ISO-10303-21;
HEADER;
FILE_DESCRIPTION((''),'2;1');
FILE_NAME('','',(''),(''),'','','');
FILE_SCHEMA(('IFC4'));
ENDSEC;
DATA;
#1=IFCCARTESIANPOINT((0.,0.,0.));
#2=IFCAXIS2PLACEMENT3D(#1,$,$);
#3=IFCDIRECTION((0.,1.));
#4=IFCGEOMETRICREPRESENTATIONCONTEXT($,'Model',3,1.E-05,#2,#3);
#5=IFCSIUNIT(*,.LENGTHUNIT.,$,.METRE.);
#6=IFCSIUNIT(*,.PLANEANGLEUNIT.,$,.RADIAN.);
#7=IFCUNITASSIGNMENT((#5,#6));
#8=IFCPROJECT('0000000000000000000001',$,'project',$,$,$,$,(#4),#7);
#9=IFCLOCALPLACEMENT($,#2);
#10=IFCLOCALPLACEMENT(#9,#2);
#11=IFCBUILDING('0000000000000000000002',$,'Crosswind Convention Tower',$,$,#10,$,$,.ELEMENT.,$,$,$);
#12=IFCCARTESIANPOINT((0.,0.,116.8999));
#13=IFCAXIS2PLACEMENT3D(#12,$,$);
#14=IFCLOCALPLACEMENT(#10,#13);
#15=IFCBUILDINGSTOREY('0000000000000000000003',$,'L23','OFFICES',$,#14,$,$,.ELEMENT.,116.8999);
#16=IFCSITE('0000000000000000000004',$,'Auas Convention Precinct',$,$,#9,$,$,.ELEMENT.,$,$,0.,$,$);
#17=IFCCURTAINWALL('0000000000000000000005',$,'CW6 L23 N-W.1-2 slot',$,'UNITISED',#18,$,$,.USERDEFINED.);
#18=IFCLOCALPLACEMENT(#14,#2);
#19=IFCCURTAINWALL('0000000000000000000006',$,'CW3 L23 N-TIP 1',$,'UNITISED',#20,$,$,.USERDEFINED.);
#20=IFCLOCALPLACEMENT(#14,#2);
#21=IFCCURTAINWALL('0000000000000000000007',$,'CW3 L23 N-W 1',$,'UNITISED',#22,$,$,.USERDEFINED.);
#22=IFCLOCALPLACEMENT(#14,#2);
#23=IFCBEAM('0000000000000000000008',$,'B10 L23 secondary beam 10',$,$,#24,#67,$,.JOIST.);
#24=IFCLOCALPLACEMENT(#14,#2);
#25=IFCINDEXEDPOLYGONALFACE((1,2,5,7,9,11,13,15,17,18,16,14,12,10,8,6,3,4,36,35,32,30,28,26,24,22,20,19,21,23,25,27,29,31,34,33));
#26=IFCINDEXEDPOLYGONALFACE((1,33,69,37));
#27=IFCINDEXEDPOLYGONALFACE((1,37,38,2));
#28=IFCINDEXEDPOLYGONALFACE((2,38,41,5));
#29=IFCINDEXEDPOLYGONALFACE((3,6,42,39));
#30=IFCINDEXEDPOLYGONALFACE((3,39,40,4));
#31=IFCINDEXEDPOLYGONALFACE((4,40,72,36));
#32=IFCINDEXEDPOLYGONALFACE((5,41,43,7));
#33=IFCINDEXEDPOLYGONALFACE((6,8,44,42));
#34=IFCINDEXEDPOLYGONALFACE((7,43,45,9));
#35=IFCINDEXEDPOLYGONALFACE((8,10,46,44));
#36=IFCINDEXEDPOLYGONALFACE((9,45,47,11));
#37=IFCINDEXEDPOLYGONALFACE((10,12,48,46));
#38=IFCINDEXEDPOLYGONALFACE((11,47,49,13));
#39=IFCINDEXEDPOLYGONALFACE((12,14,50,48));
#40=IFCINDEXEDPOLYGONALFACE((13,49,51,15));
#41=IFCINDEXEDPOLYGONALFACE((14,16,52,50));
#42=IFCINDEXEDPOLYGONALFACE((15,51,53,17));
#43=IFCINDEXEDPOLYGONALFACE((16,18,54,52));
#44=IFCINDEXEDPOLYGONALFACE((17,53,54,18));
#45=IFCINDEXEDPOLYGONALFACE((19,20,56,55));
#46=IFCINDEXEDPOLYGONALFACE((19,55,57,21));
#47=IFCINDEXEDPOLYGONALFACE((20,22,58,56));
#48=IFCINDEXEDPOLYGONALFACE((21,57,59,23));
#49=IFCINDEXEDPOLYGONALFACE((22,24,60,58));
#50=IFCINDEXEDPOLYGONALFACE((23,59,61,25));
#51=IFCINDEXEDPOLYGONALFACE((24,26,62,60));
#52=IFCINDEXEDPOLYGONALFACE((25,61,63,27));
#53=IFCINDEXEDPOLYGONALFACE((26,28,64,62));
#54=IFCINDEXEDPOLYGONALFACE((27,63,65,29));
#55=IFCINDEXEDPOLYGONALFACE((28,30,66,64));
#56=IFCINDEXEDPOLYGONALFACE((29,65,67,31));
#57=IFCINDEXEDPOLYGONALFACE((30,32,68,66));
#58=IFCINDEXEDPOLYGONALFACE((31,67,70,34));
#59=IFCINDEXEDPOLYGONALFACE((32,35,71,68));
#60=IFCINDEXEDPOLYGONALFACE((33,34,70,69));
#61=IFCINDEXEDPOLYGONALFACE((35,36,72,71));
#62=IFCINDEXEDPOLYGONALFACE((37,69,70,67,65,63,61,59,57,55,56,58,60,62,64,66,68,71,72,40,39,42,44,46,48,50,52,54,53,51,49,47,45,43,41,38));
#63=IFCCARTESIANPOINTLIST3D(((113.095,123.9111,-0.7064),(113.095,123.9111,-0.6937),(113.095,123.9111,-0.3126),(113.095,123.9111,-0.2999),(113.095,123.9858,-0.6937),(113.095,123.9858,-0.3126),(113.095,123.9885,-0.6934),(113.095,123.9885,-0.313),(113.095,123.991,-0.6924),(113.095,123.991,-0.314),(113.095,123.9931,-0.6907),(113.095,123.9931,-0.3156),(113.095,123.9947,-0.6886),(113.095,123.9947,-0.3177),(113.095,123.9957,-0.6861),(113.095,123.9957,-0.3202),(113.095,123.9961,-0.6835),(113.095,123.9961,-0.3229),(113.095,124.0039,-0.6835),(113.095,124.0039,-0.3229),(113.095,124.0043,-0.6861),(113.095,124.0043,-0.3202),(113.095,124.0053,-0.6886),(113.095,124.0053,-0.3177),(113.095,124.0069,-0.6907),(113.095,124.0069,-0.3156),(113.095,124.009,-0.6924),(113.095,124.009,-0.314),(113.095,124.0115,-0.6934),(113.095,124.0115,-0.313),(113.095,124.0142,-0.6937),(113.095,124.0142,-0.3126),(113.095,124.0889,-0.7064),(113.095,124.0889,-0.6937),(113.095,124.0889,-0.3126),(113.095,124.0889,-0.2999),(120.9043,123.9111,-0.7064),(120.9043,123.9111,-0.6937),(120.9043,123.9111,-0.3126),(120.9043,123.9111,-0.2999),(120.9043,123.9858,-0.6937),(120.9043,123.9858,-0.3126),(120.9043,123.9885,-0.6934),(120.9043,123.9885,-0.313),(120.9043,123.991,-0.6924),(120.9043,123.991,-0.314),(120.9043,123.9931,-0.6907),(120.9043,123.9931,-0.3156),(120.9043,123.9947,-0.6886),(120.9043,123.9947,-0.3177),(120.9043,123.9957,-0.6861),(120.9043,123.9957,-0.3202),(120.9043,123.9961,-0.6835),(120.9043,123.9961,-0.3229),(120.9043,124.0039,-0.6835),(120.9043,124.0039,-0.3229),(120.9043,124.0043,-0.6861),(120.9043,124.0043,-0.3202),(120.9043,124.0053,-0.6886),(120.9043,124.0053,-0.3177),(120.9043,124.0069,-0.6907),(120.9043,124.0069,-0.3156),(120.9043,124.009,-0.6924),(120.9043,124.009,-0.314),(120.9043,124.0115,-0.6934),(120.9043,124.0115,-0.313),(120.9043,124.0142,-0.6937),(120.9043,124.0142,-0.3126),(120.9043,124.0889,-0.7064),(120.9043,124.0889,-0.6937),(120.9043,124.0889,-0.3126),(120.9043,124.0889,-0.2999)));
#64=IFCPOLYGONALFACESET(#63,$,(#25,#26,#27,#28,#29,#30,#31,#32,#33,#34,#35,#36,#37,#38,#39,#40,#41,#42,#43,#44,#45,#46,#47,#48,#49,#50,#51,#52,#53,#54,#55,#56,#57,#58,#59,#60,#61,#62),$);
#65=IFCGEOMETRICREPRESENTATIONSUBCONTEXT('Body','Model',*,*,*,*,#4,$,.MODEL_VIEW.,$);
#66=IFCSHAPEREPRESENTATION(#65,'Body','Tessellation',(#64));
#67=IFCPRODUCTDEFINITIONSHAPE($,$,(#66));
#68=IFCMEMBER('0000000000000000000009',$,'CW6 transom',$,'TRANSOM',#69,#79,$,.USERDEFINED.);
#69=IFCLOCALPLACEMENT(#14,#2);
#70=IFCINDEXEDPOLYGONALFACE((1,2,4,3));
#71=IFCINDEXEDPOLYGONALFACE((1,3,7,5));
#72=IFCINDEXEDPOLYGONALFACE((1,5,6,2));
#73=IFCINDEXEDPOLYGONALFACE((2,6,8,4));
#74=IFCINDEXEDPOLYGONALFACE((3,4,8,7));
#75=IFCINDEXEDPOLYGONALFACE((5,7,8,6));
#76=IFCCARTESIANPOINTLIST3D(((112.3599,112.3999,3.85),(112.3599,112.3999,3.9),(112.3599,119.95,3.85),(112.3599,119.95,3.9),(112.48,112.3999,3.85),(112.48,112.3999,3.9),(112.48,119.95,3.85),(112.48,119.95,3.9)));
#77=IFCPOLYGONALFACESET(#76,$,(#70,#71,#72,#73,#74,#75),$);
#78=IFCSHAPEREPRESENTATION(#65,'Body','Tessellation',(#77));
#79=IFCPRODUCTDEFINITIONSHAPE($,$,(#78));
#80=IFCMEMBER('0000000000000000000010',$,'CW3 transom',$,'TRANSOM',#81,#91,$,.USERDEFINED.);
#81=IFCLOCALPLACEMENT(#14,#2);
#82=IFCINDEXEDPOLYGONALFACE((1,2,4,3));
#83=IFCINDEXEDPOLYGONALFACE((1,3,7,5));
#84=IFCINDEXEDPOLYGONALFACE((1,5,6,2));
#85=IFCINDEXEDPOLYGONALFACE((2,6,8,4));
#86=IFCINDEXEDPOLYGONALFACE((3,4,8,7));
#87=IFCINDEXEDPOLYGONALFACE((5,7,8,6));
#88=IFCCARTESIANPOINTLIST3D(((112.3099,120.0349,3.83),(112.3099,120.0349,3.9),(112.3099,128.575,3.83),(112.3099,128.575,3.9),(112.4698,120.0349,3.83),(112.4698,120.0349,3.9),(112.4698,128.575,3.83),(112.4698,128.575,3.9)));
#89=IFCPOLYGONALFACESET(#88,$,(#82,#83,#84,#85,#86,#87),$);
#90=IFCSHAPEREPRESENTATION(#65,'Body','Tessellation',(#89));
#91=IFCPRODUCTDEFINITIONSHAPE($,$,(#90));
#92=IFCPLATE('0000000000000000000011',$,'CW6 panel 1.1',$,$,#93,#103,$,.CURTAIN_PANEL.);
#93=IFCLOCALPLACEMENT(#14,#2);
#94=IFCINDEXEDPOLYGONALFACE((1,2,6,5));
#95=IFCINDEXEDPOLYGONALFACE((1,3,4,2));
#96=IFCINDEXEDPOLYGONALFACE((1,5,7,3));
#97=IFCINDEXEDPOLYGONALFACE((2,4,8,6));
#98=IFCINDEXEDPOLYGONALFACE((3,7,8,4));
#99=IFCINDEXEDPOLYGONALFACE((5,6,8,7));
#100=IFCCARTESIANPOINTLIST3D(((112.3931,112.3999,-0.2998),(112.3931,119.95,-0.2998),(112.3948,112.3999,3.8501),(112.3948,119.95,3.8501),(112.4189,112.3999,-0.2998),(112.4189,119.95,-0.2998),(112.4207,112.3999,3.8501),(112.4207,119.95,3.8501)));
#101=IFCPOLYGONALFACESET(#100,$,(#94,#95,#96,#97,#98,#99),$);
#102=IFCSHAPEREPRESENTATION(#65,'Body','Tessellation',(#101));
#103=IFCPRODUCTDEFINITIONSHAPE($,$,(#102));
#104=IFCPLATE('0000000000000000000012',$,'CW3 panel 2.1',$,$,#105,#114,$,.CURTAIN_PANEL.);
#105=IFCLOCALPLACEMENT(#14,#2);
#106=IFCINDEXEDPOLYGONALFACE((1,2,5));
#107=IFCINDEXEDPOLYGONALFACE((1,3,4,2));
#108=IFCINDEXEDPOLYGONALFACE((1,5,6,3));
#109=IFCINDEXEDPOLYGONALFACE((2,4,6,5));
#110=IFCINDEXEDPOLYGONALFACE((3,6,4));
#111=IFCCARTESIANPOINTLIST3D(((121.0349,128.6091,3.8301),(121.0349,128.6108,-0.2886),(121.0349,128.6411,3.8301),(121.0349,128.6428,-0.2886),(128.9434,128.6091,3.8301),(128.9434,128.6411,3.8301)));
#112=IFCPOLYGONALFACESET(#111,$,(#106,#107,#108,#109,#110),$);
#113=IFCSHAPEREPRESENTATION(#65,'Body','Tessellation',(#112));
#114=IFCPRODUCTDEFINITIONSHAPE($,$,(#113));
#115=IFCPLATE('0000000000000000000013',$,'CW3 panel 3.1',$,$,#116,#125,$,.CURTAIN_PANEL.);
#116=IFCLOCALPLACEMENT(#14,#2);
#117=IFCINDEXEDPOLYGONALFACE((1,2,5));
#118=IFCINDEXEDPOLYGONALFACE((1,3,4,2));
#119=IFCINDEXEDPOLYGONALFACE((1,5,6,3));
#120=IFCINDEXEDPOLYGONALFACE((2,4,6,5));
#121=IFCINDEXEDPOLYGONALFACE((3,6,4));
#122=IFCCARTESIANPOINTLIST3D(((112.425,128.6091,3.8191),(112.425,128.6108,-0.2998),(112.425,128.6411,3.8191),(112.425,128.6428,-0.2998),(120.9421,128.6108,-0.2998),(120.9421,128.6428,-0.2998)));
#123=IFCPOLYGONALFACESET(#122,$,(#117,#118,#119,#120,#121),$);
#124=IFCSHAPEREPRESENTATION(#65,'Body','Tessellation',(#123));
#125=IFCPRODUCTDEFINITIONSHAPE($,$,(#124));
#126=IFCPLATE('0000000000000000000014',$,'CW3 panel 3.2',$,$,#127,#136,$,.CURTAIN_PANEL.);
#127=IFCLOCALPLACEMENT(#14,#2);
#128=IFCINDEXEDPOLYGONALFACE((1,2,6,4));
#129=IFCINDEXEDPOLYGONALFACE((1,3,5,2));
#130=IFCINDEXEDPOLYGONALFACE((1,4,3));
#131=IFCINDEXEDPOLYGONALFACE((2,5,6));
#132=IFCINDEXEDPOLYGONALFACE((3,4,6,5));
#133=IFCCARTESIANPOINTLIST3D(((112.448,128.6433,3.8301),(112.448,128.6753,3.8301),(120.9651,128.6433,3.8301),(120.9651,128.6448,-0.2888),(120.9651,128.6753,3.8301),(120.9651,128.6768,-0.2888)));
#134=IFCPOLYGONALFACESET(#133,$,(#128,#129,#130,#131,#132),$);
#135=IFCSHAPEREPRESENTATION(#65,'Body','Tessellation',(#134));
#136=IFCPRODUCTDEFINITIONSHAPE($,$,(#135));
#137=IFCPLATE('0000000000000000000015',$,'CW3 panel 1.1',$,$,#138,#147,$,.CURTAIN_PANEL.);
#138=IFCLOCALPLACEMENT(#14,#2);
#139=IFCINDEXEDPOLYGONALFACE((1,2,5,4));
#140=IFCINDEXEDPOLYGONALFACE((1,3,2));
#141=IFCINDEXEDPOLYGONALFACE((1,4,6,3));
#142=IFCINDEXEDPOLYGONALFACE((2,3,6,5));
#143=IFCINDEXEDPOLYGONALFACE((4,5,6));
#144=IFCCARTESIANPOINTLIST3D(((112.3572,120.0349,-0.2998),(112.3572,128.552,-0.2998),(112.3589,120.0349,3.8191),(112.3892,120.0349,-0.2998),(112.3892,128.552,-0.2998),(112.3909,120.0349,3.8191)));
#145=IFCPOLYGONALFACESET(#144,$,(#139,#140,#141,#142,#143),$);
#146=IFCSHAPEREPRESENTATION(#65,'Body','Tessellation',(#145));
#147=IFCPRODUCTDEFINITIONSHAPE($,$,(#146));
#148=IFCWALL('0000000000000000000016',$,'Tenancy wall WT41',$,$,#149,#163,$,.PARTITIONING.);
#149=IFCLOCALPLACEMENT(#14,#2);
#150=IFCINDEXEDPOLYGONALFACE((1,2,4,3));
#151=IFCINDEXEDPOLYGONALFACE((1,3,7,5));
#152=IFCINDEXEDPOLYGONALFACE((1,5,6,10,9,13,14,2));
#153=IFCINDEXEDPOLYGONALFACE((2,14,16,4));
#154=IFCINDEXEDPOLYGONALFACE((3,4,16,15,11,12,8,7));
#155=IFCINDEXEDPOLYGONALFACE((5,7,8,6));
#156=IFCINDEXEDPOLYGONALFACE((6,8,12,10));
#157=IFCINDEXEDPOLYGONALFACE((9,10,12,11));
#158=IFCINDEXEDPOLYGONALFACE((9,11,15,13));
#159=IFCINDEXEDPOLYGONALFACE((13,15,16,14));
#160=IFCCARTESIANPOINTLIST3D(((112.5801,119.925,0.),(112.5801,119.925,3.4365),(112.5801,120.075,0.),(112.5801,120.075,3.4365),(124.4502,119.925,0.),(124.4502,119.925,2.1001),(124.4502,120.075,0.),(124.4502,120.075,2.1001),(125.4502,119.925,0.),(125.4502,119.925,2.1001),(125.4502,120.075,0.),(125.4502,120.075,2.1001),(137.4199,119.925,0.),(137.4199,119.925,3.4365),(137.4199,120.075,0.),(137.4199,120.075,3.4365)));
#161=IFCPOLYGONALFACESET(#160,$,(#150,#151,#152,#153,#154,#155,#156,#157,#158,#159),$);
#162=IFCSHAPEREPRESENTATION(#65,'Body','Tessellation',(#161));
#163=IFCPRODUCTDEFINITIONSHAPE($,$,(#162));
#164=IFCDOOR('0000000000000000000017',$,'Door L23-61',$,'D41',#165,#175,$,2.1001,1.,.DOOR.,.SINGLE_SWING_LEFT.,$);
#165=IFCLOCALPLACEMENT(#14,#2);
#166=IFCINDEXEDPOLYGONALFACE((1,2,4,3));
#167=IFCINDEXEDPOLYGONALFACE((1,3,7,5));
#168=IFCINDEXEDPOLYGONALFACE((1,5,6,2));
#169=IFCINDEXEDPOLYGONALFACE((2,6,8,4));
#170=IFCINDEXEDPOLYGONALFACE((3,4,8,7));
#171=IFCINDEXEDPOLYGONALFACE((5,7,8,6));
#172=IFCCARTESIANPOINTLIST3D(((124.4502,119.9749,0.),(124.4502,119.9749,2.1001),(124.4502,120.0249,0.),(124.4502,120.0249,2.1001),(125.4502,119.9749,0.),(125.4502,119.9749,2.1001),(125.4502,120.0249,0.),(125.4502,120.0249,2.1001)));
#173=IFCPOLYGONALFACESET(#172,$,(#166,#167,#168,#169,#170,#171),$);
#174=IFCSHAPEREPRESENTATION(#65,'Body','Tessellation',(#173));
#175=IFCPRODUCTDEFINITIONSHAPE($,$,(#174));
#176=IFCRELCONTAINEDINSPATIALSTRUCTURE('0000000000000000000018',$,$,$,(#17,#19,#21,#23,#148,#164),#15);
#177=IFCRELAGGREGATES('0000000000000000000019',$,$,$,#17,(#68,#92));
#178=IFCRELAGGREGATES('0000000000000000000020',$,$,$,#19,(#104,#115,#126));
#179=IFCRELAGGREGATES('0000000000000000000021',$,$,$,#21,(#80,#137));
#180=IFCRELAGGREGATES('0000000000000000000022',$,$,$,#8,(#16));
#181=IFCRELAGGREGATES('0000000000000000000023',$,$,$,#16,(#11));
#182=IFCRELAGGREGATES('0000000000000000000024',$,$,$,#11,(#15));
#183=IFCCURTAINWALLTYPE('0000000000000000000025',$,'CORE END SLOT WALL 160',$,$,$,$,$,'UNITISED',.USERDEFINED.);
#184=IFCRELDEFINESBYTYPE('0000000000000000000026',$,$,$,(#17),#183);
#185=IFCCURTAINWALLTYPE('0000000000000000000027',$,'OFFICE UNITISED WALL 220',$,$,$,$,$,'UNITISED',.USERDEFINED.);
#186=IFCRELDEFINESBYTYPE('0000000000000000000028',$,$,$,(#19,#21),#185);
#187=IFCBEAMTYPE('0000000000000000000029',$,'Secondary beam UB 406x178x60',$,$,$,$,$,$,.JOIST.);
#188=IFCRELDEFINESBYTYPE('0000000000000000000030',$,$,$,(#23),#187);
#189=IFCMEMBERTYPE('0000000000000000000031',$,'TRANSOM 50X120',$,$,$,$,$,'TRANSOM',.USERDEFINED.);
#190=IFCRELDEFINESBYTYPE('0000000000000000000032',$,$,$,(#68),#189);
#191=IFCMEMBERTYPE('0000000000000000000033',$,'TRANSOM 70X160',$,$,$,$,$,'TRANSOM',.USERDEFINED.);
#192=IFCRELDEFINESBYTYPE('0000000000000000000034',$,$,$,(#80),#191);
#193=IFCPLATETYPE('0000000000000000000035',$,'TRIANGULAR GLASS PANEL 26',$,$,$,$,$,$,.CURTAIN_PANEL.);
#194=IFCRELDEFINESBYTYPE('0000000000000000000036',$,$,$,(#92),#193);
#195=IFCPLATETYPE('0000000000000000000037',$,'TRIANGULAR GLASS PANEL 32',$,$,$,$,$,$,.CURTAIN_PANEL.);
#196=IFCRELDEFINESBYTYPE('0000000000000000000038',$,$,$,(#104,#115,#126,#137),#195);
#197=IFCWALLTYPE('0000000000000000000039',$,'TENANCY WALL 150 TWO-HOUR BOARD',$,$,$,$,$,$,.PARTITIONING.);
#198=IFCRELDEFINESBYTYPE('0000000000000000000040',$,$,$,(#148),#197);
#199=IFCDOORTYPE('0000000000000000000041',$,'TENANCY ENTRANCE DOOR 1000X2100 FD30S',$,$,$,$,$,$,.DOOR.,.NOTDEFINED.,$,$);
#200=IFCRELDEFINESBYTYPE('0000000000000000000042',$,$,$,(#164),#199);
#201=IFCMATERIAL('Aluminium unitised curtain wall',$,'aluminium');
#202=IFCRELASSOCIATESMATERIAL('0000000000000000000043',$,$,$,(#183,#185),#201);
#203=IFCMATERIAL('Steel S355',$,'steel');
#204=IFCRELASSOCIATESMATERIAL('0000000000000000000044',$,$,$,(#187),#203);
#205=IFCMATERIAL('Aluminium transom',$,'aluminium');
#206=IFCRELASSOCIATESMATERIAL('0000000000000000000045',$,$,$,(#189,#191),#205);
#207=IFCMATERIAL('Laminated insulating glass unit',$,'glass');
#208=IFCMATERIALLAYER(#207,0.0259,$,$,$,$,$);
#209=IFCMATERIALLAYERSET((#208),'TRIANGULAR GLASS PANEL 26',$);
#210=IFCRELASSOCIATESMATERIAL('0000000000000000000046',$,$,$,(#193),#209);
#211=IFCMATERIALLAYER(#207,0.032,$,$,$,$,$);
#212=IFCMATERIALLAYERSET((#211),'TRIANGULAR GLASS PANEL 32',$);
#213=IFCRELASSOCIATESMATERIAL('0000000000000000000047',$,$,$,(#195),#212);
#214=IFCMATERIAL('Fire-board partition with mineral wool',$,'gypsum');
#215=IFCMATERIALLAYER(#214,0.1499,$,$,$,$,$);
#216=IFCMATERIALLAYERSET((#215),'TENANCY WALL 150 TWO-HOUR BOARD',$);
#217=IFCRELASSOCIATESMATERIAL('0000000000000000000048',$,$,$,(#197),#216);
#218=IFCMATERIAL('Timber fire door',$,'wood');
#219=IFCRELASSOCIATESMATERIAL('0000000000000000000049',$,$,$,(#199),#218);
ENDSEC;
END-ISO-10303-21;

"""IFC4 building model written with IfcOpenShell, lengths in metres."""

from ifc_helpers import new_model, si_unit, direction, frame, frame_2d, origin, origin_2d, place, context, subcontext, project, spatial, polyline, rectangle, i_section, outline, extrude, material, layer, layer_set, material_profile, profile_set, type_object, element, fill, aggregate, save


model = new_model("IFC4")

# Units and contexts
model_context = context("Model", 3, precision=1e-05, world=origin(), true_north=direction((0.0, 1.0)))
body_context = subcontext(model_context, "Body", "Model", "MODEL_VIEW")
ifc_project = project(units=[si_unit("LENGTHUNIT", "METRE"), si_unit("PLANEANGLEUNIT", "RADIAN")], contexts=[model_context])

# Site, building, storey
site_placement = place(None, origin())
site = spatial("IfcSite", under=ifc_project, at=site_placement, Name="Auas Convention Precinct", CompositionType="ELEMENT", RefElevation=0.0)
building_placement = place(site_placement, origin())
building = spatial("IfcBuilding", under=site, at=building_placement, Name="Crosswind Convention Tower", CompositionType="ELEMENT")
storey_placement = place(building_placement, frame((0.0, 0.0, 116.8999)))
storey = spatial("IfcBuildingStorey", under=building, at=storey_placement, Name="L23", Description="OFFICES", CompositionType="ELEMENT", Elevation=116.8999)

# Shared definitions
ifc_material_1 = material(Name="Steel S355", Category="steel")

# Curtain wall
ifc_material_2 = material(Name="Aluminium unitised curtain wall", Category="aluminium")
curtain_wall_type_1 = type_object("IfcCurtainWallType", Name="CORE END SLOT WALL 160", ElementType="UNITISED", PredefinedType="USERDEFINED", material=ifc_material_2)
curtain_wall_1_placement = place(storey_placement, origin())
curtain_wall_1 = element("IfcCurtainWall", 1, at=curtain_wall_1_placement, inside=storey, type_object=curtain_wall_type_1, Name="CW6 L23 N-W.1-2 slot", ObjectType="UNITISED", PredefinedType="USERDEFINED")

# Curtain wall
curtain_wall_type_2 = type_object("IfcCurtainWallType", Name="OFFICE UNITISED WALL 220", ElementType="UNITISED", PredefinedType="USERDEFINED", material=ifc_material_2)
curtain_wall_2_placement = place(storey_placement, origin())
curtain_wall_2 = element("IfcCurtainWall", 2, at=curtain_wall_2_placement, inside=storey, type_object=curtain_wall_type_2, Name="CW3 L23 N-TIP 1", ObjectType="UNITISED", PredefinedType="USERDEFINED")

# Curtain wall
curtain_wall_3_placement = place(storey_placement, origin())
curtain_wall_3 = element("IfcCurtainWall", 3, at=curtain_wall_3_placement, inside=storey, type_object=curtain_wall_type_2, Name="CW3 L23 N-W 1", ObjectType="UNITISED", PredefinedType="USERDEFINED")

# Beam
ifc_material_profile_1 = material_profile(ifc_material_1, i_section(OverallWidth=0.1777, OverallDepth=0.4065, WebThickness=0.0078, FlangeThickness=0.0127, FilletRadius=0.0103, at=origin_2d()), Name="UB 406x178x60")
ifc_profile_set_1 = profile_set([ifc_material_profile_1], Name="Steel S355")
beam_type_1 = type_object("IfcBeamType", Name="Secondary beam UB 406x178x60", PredefinedType="JOIST", material=ifc_profile_set_1)
beam_placement = place(storey_placement, frame((113.095, 124.0, -0.5032), z_axis=(1.0, 0.0, 0.0), x_axis=(0.0, 1.0, 0.0)))
element("IfcBeam", 4, at=beam_placement, inside=storey, type_object=beam_type_1, Name="B10 L23 secondary beam 10", PredefinedType="JOIST", context=body_context, shape_type="SweptSolid", body=[
    extrude(i_section(OverallWidth=0.1777, OverallDepth=0.4065, WebThickness=0.0078, FlangeThickness=0.0127, FilletRadius=0.0103, at=origin_2d()), origin(), (0.0, 0.0, 1.0), 7.8093),
])

# Members
ifc_material_3 = material(Name="Aluminium transom", Category="aluminium")
ifc_material_profile_2 = material_profile(ifc_material_3, rectangle(XDim=0.1201, YDim=0.05, at=origin_2d()), Name="AL 120X50")
ifc_profile_set_2 = profile_set([ifc_material_profile_2], Name="Aluminium transom")
member_type_1 = type_object("IfcMemberType", Name="TRANSOM 50X120", ElementType="TRANSOM", PredefinedType="USERDEFINED", material=ifc_profile_set_2)
member_1_placement = place(storey_placement, frame((112.4199, 119.95, 3.875), z_axis=(0.0, -1.0, 0.0), x_axis=(1.0, 0.0, 0.0)))
member_1 = element("IfcMember", 5, at=member_1_placement, type_object=member_type_1, Name="CW6 transom", ObjectType="TRANSOM", PredefinedType="USERDEFINED", context=body_context, shape_type="SweptSolid", body=[
    extrude(rectangle(XDim=0.1201, YDim=0.05, at=origin_2d()), origin(), (0.0, 0.0, 1.0), 7.55),
])
ifc_material_profile_3 = material_profile(ifc_material_3, rectangle(XDim=0.1599, YDim=0.0701, at=origin_2d()), Name="AL 160X70")
ifc_profile_set_3 = profile_set([ifc_material_profile_3], Name="Aluminium transom")
member_type_2 = type_object("IfcMemberType", Name="TRANSOM 70X160", ElementType="TRANSOM", PredefinedType="USERDEFINED", material=ifc_profile_set_3)
member_2_placement = place(storey_placement, frame((112.3899, 128.575, 3.865), z_axis=(0.0, -1.0, 0.0), x_axis=(1.0, 0.0, 0.0)))
member_2 = element("IfcMember", 6, at=member_2_placement, type_object=member_type_2, Name="CW3 transom", ObjectType="TRANSOM", PredefinedType="USERDEFINED", context=body_context, shape_type="SweptSolid", body=[
    extrude(rectangle(XDim=0.1599, YDim=0.0701, at=origin_2d()), origin(), (0.0, 0.0, 1.0), 8.54),
])

# Plates
ifc_material_4 = material(Name="Laminated insulating glass unit", Category="glass")
ifc_layer_1 = layer(ifc_material_4, 0.0259)
ifc_layer_set_1 = layer_set([ifc_layer_1], Name="TRIANGULAR GLASS PANEL 26")
plate_type_1 = type_object("IfcPlateType", Name="TRIANGULAR GLASS PANEL 26", PredefinedType="CURTAIN_PANEL", material=ifc_layer_set_1)
plate_1_placement = place(storey_placement, frame((112.3931, 119.95, -0.2998), z_axis=(-1.0, 0.0, 0.000412), x_axis=(0.0, -1.0, 0.0)))
plate_1 = element("IfcPlate", 7, at=plate_1_placement, type_object=plate_type_1, Name="CW6 panel 1.1", PredefinedType="CURTAIN_PANEL", context=body_context, shape_type="SweptSolid", body=[
    extrude(outline(polyline([(0.0, 0.0), (7.55, 0.0), (7.55, 4.1499), (0.0, 4.1499), (0.0, 0.0)])), origin(), (0.0, 0.0, -1.0), 0.0259),
])
aggregate(curtain_wall_1, [member_1, plate_1])
ifc_layer_2 = layer(ifc_material_4, 0.032)
ifc_layer_set_2 = layer_set([ifc_layer_2], Name="TRIANGULAR GLASS PANEL 32")
plate_type_2 = type_object("IfcPlateType", Name="TRIANGULAR GLASS PANEL 32", PredefinedType="CURTAIN_PANEL", material=ifc_layer_set_2)
plate_2_placement = place(storey_placement, frame((121.0349, 128.6411, 3.8301), z_axis=(0.0, 1.0, 0.000415), x_axis=(1.0, 0.0, 0.0)))
plate_2 = element("IfcPlate", 8, at=plate_2_placement, type_object=plate_type_2, Name="CW3 panel 2.1", PredefinedType="CURTAIN_PANEL", context=body_context, shape_type="SweptSolid", body=[
    extrude(outline(polyline([(0.0, 0.0), (7.9084, 0.0), (0.0, 4.1187), (0.0, 0.0)])), origin(), (0.0, 0.0, -1.0), 0.032),
])
plate_3_placement = place(storey_placement, frame((112.425, 128.6428, -0.2998), z_axis=(0.0, 1.0, 0.000415), x_axis=(0.0, -0.000415, 1.0)))
plate_3 = element("IfcPlate", 9, at=plate_3_placement, type_object=plate_type_2, Name="CW3 panel 3.1", PredefinedType="CURTAIN_PANEL", context=body_context, shape_type="SweptSolid", body=[
    extrude(outline(polyline([(0.0, 0.0), (4.1189, 0.0), (0.0, 8.5171), (0.0, 0.0)])), origin(), (0.0, 0.0, -1.0), 0.032),
])
plate_4_placement = place(storey_placement, frame((120.9651, 128.6753, 3.8301), z_axis=(0.0, 1.0, 0.000356), x_axis=(0.0, 0.000356, -1.0)))
plate_4 = element("IfcPlate", 10, at=plate_4_placement, type_object=plate_type_2, Name="CW3 panel 3.2", PredefinedType="CURTAIN_PANEL", context=body_context, shape_type="SweptSolid", body=[
    extrude(outline(polyline([(0.0, 0.0), (4.1189, 0.0), (0.0, 8.5171), (0.0, 0.0)])), origin(), (0.0, 0.0, -1.0), 0.032),
])
aggregate(curtain_wall_2, [plate_2, plate_3, plate_4])
plate_5_placement = place(storey_placement, frame((112.3572, 120.0349, -0.2998), z_axis=(-1.0, 0.0, 0.000415), x_axis=(0.000415, 0.0, 1.0)))
plate_5 = element("IfcPlate", 11, at=plate_5_placement, type_object=plate_type_2, Name="CW3 panel 1.1", PredefinedType="CURTAIN_PANEL", context=body_context, shape_type="SweptSolid", body=[
    extrude(outline(polyline([(0.0, 0.0), (4.1189, 0.0), (0.0, 8.5171), (0.0, 0.0)])), origin(), (0.0, 0.0, -1.0), 0.032),
])
aggregate(curtain_wall_3, [member_2, plate_5])

# Wall, opening, door
ifc_material_5 = material(Name="Fire-board partition with mineral wool", Category="gypsum")
ifc_layer_3 = layer(ifc_material_5, 0.1499)
ifc_layer_set_3 = layer_set([ifc_layer_3], Name="TENANCY WALL 150 TWO-HOUR BOARD")
wall_type = type_object("IfcWallType", Name="TENANCY WALL 150 TWO-HOUR BOARD", PredefinedType="PARTITIONING", material=ifc_layer_set_3)
wall_placement = place(storey_placement, frame((112.5801, 120.0, 0.0), z_axis=(0.0, 0.0, 1.0), x_axis=(1.0, 0.0, 0.0)))
wall = element("IfcWall", 12, at=wall_placement, inside=storey, type_object=wall_type, Name="Tenancy wall WT41", PredefinedType="PARTITIONING", context=body_context, shape_type="SweptSolid", body=[
    extrude(rectangle(XDim=24.8398, YDim=0.1499, at=frame_2d((12.4199, 0.0))), origin(), (0.0, 0.0, 1.0), 3.4365),
])
opening_placement = place(wall_placement, frame((11.8701, 0.0, 0.0)))
opening = element("IfcOpeningElement", 13, at=opening_placement, cuts=wall, PredefinedType="OPENING", context=body_context, shape_type="SweptSolid", body=[
    extrude(rectangle(XDim=1.0, YDim=2.1001, at=frame_2d((0.5, 1.05))), frame((0.0, 0.085, 0.0), z_axis=(0.0, -1.0, 0.0), x_axis=(1.0, 0.0, 0.0)), (0.0, 0.0, 1.0), 0.1699),
])
ifc_material_6 = material(Name="Timber fire door", Category="wood")
door_type = type_object("IfcDoorType", Name="TENANCY ENTRANCE DOOR 1000X2100 FD30S", OperationType="NOTDEFINED", PredefinedType="DOOR", material=ifc_material_6)
door_placement = place(opening_placement, origin())
door = element("IfcDoor", 14, at=door_placement, inside=storey, type_object=door_type, Name="Door L23-61", ObjectType="D41", OperationType="SINGLE_SWING_LEFT", OverallHeight=2.1001, OverallWidth=1.0, PredefinedType="DOOR", context=body_context, shape_type="SweptSolid", body=[
    extrude(rectangle(XDim=1.0, YDim=2.1001, at=frame_2d((0.5, 1.05))), frame((0.0, 0.0249, 0.0), z_axis=(0.0, -1.0, 0.0), x_axis=(1.0, 0.0, 0.0)), (0.0, 0.0, 1.0), 0.05),
])
fill(opening, door)

save(model, "model.ifc")
